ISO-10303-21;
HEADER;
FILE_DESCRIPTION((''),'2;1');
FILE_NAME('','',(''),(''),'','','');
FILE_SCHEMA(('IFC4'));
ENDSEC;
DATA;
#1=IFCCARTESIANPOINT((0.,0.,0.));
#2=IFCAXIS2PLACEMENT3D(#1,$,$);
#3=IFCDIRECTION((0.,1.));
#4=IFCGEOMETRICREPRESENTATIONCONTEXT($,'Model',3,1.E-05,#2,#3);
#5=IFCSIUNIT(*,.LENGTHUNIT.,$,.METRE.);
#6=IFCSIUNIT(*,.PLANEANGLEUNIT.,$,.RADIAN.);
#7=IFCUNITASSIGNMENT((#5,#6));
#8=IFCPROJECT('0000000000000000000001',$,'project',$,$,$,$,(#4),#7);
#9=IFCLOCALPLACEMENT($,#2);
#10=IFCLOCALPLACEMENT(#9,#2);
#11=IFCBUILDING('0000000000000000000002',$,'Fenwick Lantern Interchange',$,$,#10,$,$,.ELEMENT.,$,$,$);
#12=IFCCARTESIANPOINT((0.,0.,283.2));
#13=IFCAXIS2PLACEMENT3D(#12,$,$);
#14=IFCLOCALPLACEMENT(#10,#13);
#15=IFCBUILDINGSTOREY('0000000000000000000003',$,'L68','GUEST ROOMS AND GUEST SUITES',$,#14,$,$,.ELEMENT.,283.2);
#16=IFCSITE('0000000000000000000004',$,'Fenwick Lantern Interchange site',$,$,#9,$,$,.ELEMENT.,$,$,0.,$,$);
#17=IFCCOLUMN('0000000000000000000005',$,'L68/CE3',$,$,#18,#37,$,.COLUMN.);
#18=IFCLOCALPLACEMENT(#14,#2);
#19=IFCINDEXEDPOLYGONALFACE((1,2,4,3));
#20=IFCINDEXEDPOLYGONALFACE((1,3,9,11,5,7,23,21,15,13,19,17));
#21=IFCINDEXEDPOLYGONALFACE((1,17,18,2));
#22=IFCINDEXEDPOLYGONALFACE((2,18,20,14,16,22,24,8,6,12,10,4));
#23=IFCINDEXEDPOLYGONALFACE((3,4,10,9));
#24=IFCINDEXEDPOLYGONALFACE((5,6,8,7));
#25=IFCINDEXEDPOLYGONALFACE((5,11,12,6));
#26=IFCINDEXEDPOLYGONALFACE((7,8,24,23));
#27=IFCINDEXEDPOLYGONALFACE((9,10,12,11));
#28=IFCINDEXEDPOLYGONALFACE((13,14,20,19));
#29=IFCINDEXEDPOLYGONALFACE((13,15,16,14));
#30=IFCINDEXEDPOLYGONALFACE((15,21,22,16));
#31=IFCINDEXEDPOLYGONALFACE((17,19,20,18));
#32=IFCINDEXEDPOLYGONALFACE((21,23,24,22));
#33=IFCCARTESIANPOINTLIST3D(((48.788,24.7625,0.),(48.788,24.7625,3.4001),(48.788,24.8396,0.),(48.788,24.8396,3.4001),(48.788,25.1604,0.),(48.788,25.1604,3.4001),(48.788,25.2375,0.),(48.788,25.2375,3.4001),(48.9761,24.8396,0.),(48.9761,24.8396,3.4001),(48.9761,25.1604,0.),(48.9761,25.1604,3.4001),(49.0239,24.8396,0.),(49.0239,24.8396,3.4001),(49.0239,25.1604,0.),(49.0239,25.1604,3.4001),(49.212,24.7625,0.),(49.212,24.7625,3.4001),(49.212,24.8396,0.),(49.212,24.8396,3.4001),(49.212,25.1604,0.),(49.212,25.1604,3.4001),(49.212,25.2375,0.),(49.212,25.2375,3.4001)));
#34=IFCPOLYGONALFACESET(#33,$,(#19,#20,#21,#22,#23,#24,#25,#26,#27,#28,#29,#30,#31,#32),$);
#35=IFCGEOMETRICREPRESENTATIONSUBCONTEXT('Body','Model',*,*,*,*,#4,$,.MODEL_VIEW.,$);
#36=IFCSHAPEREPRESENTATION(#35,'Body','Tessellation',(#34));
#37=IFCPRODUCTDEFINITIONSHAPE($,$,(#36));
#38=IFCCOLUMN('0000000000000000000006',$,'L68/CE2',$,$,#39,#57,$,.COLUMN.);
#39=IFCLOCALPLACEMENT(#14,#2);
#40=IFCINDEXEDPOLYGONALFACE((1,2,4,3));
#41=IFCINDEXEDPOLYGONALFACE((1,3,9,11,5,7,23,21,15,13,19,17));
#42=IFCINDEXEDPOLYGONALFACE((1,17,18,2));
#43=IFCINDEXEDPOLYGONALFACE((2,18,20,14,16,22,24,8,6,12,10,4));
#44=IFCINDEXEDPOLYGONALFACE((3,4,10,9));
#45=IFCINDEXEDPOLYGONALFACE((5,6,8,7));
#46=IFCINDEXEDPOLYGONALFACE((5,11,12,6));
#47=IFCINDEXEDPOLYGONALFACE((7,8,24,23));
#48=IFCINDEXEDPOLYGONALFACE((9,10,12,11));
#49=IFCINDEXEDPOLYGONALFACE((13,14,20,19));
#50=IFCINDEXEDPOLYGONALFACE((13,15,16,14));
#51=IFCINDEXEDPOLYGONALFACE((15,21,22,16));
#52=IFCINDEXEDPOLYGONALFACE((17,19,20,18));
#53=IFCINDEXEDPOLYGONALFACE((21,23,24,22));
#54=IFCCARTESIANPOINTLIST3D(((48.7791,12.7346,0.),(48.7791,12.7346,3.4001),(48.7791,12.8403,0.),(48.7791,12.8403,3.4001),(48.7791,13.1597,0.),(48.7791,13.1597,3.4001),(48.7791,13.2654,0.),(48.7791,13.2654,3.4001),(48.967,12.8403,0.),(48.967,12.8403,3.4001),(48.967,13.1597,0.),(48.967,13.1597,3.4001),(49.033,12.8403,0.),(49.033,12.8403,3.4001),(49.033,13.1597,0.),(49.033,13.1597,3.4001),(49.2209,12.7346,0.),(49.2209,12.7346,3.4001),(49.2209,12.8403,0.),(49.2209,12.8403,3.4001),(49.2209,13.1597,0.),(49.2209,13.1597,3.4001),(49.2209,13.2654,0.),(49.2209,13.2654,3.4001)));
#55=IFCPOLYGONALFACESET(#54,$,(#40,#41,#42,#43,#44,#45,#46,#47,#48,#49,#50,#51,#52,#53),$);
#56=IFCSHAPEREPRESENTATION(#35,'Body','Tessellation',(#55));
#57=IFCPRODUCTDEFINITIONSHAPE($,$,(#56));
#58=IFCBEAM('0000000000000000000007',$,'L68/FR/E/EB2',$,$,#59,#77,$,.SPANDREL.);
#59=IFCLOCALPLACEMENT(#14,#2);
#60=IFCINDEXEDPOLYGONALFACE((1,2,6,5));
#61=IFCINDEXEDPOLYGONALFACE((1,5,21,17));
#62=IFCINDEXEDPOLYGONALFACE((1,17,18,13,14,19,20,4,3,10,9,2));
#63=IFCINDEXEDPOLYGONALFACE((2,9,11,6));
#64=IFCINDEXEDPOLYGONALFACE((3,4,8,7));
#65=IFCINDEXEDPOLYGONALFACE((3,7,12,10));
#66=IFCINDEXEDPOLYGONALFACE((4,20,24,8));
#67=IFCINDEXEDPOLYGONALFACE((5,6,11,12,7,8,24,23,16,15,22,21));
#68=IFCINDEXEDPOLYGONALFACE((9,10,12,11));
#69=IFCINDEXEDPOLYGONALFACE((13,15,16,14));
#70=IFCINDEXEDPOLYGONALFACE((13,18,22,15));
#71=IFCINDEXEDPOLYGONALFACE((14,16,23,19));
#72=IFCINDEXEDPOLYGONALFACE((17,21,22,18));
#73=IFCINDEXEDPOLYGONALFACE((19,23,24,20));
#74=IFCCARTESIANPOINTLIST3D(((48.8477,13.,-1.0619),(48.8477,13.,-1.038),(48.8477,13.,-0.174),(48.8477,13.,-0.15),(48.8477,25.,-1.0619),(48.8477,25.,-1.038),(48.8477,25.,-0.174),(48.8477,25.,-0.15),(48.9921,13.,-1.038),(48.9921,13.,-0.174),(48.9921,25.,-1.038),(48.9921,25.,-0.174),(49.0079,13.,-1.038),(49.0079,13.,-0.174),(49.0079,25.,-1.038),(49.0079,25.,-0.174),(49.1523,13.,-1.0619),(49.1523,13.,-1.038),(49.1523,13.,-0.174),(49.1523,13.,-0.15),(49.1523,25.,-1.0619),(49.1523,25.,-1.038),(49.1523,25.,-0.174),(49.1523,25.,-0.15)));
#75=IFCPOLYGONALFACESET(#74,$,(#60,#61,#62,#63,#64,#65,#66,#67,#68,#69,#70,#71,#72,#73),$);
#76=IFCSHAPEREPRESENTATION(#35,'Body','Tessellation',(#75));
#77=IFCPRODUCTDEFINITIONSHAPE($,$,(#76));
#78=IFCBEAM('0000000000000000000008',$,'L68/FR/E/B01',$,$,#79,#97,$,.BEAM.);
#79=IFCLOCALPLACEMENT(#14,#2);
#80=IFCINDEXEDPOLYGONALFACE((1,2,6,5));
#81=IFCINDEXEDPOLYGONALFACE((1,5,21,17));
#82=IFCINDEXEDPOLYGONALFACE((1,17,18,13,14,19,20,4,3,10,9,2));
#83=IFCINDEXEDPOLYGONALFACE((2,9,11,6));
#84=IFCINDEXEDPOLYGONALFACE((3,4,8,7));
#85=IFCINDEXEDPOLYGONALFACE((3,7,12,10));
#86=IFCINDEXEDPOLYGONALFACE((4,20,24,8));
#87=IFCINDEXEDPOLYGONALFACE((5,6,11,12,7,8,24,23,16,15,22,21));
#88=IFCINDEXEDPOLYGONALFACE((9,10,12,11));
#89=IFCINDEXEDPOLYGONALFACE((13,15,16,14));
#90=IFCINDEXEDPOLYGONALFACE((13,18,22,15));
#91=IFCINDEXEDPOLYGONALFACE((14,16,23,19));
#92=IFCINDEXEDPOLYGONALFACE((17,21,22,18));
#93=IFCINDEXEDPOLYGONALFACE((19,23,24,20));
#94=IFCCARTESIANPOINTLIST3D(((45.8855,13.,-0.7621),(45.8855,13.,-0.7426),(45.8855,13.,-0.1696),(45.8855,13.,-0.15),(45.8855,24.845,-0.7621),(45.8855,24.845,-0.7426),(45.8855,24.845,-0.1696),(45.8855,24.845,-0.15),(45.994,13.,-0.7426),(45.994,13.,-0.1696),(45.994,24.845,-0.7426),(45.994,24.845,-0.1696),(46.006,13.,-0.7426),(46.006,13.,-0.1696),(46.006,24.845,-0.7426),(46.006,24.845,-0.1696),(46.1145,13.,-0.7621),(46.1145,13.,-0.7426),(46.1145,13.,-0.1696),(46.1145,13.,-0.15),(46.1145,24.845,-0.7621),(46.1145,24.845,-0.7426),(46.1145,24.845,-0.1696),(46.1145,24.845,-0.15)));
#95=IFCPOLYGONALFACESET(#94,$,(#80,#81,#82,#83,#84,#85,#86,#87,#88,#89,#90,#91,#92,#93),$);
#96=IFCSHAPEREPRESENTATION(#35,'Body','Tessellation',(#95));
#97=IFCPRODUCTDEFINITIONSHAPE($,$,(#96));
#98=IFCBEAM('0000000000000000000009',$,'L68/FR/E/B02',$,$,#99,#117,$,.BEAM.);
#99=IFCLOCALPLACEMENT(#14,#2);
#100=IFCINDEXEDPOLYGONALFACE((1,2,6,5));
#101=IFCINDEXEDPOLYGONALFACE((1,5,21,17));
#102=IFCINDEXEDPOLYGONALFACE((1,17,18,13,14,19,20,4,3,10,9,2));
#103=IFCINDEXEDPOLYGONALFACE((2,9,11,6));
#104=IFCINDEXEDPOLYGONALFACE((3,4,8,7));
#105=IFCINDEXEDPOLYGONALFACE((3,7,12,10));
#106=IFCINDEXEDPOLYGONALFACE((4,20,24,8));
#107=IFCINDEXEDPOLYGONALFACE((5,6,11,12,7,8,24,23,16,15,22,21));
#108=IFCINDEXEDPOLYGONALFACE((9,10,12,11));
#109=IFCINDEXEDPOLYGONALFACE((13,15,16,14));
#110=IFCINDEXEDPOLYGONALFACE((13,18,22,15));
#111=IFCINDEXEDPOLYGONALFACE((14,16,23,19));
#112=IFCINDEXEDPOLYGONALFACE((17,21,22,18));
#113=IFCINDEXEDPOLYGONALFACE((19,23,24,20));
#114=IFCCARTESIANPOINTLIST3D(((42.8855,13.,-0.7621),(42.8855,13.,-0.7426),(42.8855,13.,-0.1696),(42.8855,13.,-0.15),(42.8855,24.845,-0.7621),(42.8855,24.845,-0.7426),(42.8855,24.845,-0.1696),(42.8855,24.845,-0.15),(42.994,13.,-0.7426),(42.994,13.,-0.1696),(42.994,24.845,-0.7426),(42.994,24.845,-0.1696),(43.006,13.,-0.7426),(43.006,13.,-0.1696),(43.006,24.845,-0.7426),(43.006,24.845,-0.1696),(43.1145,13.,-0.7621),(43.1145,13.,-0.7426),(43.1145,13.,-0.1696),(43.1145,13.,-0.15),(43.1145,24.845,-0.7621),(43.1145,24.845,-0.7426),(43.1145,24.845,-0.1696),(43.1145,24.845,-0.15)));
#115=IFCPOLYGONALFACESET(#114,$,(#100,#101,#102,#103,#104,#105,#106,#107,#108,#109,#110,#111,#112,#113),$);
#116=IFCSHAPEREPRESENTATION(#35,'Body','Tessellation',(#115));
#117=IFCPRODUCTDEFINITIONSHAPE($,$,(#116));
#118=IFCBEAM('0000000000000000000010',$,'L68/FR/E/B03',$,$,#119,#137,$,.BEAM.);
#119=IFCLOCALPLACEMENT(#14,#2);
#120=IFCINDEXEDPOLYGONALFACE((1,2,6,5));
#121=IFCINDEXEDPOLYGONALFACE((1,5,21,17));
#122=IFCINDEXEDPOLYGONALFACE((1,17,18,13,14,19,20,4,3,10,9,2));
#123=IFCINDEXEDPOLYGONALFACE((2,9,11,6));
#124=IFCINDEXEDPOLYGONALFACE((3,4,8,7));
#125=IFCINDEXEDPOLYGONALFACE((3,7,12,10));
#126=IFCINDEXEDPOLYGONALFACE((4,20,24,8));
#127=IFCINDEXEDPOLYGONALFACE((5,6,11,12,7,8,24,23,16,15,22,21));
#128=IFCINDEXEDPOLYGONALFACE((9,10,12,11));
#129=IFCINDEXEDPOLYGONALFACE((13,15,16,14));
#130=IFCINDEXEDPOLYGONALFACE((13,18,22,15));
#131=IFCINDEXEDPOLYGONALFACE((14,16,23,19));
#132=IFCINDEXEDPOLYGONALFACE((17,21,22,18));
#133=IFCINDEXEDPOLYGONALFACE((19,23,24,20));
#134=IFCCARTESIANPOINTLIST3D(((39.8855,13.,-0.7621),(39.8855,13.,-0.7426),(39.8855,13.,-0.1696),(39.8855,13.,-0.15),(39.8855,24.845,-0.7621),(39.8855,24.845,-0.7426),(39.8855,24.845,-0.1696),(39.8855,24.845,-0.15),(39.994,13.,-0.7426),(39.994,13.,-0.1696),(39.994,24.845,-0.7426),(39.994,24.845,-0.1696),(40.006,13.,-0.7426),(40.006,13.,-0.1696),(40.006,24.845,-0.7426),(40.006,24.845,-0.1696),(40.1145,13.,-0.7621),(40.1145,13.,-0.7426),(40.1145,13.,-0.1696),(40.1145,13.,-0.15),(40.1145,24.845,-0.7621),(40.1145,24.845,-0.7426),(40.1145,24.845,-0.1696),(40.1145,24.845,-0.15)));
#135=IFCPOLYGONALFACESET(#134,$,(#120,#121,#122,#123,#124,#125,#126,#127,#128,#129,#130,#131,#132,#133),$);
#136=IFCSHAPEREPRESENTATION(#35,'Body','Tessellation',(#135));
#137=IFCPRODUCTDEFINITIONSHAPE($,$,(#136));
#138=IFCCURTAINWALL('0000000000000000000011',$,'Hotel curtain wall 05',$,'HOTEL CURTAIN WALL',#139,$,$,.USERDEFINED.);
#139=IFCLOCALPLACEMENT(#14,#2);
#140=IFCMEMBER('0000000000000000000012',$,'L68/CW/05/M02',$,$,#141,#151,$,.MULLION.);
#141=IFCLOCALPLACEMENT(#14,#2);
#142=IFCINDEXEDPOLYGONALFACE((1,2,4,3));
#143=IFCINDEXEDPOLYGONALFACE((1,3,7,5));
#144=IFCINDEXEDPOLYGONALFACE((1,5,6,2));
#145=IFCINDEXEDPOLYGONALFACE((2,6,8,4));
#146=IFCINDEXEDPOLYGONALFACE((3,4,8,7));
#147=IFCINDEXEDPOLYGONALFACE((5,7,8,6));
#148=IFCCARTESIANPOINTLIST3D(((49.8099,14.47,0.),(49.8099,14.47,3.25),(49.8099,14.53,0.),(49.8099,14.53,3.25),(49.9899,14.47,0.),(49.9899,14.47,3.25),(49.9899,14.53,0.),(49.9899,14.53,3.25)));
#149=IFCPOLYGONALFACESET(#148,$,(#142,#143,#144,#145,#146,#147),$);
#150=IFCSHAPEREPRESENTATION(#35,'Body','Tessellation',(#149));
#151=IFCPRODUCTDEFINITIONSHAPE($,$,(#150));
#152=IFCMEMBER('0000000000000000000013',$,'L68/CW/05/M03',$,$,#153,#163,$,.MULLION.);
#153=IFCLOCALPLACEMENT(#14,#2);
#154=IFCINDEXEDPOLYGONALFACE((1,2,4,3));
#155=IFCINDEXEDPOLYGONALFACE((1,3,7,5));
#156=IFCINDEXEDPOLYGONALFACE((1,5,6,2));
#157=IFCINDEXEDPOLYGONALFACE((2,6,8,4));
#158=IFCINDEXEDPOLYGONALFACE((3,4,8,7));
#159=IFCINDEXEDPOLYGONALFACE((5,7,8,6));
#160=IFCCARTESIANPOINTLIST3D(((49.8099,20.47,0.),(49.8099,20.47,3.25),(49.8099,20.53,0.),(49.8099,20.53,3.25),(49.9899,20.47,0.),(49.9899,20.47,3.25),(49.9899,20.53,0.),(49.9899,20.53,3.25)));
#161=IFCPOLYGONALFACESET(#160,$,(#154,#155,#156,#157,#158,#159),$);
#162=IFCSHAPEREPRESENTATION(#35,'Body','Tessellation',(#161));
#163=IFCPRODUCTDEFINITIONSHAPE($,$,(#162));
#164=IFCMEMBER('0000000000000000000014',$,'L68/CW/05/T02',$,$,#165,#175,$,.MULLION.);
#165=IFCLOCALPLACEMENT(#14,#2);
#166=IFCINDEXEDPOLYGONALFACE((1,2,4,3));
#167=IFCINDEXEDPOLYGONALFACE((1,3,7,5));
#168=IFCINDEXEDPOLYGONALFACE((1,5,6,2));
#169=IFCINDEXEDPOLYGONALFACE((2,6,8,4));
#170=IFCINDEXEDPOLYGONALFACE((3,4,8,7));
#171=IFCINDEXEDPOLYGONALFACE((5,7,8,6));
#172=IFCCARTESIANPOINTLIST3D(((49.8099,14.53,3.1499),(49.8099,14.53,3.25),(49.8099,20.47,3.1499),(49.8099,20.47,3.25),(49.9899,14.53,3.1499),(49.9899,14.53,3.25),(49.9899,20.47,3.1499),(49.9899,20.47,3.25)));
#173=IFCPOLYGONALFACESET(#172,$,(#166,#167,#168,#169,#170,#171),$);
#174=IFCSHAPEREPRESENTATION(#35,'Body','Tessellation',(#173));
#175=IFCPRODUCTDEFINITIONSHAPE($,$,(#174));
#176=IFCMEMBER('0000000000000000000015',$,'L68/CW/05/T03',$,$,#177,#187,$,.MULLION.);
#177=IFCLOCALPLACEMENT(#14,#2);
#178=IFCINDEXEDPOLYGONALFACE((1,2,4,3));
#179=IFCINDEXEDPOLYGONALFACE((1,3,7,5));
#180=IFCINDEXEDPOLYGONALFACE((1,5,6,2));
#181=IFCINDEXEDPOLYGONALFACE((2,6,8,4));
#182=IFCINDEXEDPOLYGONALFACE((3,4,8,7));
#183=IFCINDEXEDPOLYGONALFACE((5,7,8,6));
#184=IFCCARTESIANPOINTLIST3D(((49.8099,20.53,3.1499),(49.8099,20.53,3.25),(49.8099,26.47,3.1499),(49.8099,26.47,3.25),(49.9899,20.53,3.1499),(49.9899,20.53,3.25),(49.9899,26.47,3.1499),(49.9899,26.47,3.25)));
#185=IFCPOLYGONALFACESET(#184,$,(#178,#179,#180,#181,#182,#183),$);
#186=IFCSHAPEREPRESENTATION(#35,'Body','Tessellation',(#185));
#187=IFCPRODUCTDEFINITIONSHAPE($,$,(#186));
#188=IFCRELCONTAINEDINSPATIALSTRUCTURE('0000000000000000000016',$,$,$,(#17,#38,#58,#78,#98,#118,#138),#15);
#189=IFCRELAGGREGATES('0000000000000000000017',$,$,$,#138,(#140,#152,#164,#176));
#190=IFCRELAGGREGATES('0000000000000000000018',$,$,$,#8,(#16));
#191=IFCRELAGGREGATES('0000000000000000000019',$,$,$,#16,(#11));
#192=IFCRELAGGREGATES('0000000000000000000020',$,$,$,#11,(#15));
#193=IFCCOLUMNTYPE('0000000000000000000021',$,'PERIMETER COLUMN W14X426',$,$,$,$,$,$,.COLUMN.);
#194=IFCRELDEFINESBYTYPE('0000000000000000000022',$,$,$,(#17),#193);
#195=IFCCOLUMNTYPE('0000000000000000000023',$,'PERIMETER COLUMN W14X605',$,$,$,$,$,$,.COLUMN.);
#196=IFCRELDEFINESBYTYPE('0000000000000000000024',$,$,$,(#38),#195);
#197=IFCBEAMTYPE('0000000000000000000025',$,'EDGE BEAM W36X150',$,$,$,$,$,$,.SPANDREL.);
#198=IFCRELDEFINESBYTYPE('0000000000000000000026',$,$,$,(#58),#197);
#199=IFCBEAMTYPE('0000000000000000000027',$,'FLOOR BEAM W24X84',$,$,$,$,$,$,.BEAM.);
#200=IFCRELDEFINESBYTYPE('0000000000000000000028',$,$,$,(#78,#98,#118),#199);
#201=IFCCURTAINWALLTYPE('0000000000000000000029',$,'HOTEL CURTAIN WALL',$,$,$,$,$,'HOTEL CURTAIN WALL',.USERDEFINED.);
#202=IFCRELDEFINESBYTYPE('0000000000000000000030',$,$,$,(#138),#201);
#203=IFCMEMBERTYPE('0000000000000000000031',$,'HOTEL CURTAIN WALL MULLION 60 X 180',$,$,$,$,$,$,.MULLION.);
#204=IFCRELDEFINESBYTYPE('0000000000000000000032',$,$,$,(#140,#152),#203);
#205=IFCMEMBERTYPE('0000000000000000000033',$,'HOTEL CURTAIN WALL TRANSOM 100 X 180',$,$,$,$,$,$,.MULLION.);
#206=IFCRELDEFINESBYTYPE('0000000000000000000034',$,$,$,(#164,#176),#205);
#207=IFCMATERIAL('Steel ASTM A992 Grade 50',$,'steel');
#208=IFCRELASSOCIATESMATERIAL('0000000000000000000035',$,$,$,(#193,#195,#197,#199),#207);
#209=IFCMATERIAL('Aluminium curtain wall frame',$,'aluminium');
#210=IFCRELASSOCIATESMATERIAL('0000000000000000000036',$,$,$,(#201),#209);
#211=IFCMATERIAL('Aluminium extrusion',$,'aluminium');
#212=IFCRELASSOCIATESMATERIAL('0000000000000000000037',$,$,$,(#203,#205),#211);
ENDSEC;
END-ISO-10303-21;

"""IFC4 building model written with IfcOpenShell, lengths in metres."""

from ifc_helpers import new_model, si_unit, direction, frame, origin, origin_2d, place, context, subcontext, project, spatial, rectangle, i_section, extrude, material, material_profile, profile_set, type_object, element, aggregate, save


model = new_model("IFC4")

# Units and contexts
model_context = context("Model", 3, precision=1e-05, world=origin(), true_north=direction((0.0, 1.0)))
body_context = subcontext(model_context, "Body", "Model", "MODEL_VIEW")
ifc_project = project(units=[si_unit("LENGTHUNIT", "METRE"), si_unit("PLANEANGLEUNIT", "RADIAN")], contexts=[model_context])

# Site, building, storey
site_placement = place(None, origin())
site = spatial("IfcSite", under=ifc_project, at=site_placement, Name="Fenwick Lantern Interchange site", CompositionType="ELEMENT", RefElevation=0.0)
building_placement = place(site_placement, origin())
building = spatial("IfcBuilding", under=site, at=building_placement, Name="Fenwick Lantern Interchange", CompositionType="ELEMENT")
storey_placement = place(building_placement, frame((0.0, 0.0, 283.2)))
storey = spatial("IfcBuildingStorey", under=building, at=storey_placement, Name="L68", Description="GUEST ROOMS AND GUEST SUITES", CompositionType="ELEMENT", Elevation=283.2)

# Columns
ifc_material_1 = material(Name="Steel ASTM A992 Grade 50", Category="steel")
ifc_material_profile_1 = material_profile(ifc_material_1, i_section(OverallWidth=0.4241, OverallDepth=0.4751, WebThickness=0.0479, FlangeThickness=0.0771, at=origin_2d()), Name="W14X426")
ifc_profile_set_1 = profile_set([ifc_material_profile_1], Name="Steel ASTM A992 Grade 50")
column_type_1 = type_object("IfcColumnType", Name="PERIMETER COLUMN W14X426", PredefinedType="COLUMN", material=ifc_profile_set_1)
column_1_placement = place(storey_placement, frame((49.0, 25.0, 0.0), z_axis=(0.0, 0.0, 1.0), x_axis=(1.0, 0.0, 0.0)))
element("IfcColumn", 1, at=column_1_placement, inside=storey, type_object=column_type_1, Name="L68/CE3", PredefinedType="COLUMN", context=body_context, shape_type="SweptSolid", body=[
    extrude(i_section(OverallWidth=0.4241, OverallDepth=0.4751, WebThickness=0.0479, FlangeThickness=0.0771, at=origin_2d()), origin(), (0.0, 0.0, 1.0), 3.4001),
])
ifc_material_profile_2 = material_profile(ifc_material_1, i_section(OverallWidth=0.4419, OverallDepth=0.5308, WebThickness=0.0659, FlangeThickness=0.1057, at=origin_2d()), Name="W14X605")
ifc_profile_set_2 = profile_set([ifc_material_profile_2], Name="Steel ASTM A992 Grade 50")
column_type_2 = type_object("IfcColumnType", Name="PERIMETER COLUMN W14X605", PredefinedType="COLUMN", material=ifc_profile_set_2)
column_2_placement = place(storey_placement, frame((49.0, 13.0, 0.0), z_axis=(0.0, 0.0, 1.0), x_axis=(1.0, 0.0, 0.0)))
element("IfcColumn", 2, at=column_2_placement, inside=storey, type_object=column_type_2, Name="L68/CE2", PredefinedType="COLUMN", context=body_context, shape_type="SweptSolid", body=[
    extrude(i_section(OverallWidth=0.4419, OverallDepth=0.5308, WebThickness=0.0659, FlangeThickness=0.1057, at=origin_2d()), origin(), (0.0, 0.0, 1.0), 3.4001),
])

# Beams
ifc_material_profile_3 = material_profile(ifc_material_1, i_section(OverallWidth=0.3047, OverallDepth=0.9119, WebThickness=0.0159, FlangeThickness=0.0239, at=origin_2d()), Name="W36X150")
ifc_profile_set_3 = profile_set([ifc_material_profile_3], Name="Steel ASTM A992 Grade 50")
beam_type_1 = type_object("IfcBeamType", Name="EDGE BEAM W36X150", PredefinedType="SPANDREL", material=ifc_profile_set_3)
beam_1_placement = place(storey_placement, frame((49.0, 13.0, -0.606), z_axis=(0.0, 1.0, 0.0), x_axis=(-1.0, 0.0, 0.0)))
element("IfcBeam", 3, at=beam_1_placement, inside=storey, type_object=beam_type_1, Name="L68/FR/E/EB2", PredefinedType="SPANDREL", context=body_context, shape_type="SweptSolid", body=[
    extrude(i_section(OverallWidth=0.3047, OverallDepth=0.9119, WebThickness=0.0159, FlangeThickness=0.0239, at=origin_2d()), origin(), (0.0, 0.0, 1.0), 12.0),
])
ifc_material_profile_4 = material_profile(ifc_material_1, i_section(OverallWidth=0.229, OverallDepth=0.6121, WebThickness=0.012, FlangeThickness=0.0195, at=origin_2d()), Name="W24X84")
ifc_profile_set_4 = profile_set([ifc_material_profile_4], Name="Steel ASTM A992 Grade 50")
beam_type_2 = type_object("IfcBeamType", Name="FLOOR BEAM W24X84", PredefinedType="BEAM", material=ifc_profile_set_4)
for number, where, z_axis, x_axis, name in (
    (4, (46.0, 13.0, -0.4561), (0.0, 1.0, 0.0), (-1.0, 0.0, 0.0), "L68/FR/E/B01"),
    (5, (43.0, 13.0, -0.4561), (0.0, 1.0, 0.0), (-1.0, 0.0, 0.0), "L68/FR/E/B02"),
    (6, (40.0, 13.0, -0.4561), (0.0, 1.0, 0.0), (-1.0, 0.0, 0.0), "L68/FR/E/B03"),
):
    element("IfcBeam", number, at=place(storey_placement, frame(where, z_axis=z_axis, x_axis=x_axis)), inside=storey, type_object=beam_type_2, Name=name, PredefinedType="BEAM", context=body_context, shape_type="SweptSolid", body=[
        extrude(i_section(OverallWidth=0.229, OverallDepth=0.6121, WebThickness=0.012, FlangeThickness=0.0195, at=origin_2d()), origin(), (0.0, 0.0, 1.0), 11.845),
    ])

# Curtain wall, members
ifc_material_2 = material(Name="Aluminium curtain wall frame", Category="aluminium")
curtain_wall_type = type_object("IfcCurtainWallType", Name="HOTEL CURTAIN WALL", ElementType="HOTEL CURTAIN WALL", PredefinedType="USERDEFINED", material=ifc_material_2)
curtain_wall_placement = place(storey_placement, origin())
curtain_wall = element("IfcCurtainWall", 7, at=curtain_wall_placement, inside=storey, type_object=curtain_wall_type, Name="Hotel curtain wall 05", ObjectType="HOTEL CURTAIN WALL", PredefinedType="USERDEFINED")
ifc_material_3 = material(Name="Aluminium extrusion", Category="aluminium")
ifc_material_profile_5 = material_profile(ifc_material_3, rectangle(XDim=0.1799, YDim=0.0601, at=origin_2d()), Name="HOTEL CURTAIN WALL MULLION 60 X 180")
ifc_profile_set_5 = profile_set([ifc_material_profile_5], Name="Aluminium extrusion")
member_type_1 = type_object("IfcMemberType", Name="HOTEL CURTAIN WALL MULLION 60 X 180", PredefinedType="MULLION", material=ifc_profile_set_5)
member_1_placement = place(storey_placement, frame((49.8999, 14.5, 0.0), z_axis=(0.0, 0.0, 1.0), x_axis=(-1.0, 0.0, 0.0)))
member_1 = element("IfcMember", 8, at=member_1_placement, type_object=member_type_1, Name="L68/CW/05/M02", PredefinedType="MULLION", context=body_context, shape_type="SweptSolid", body=[
    extrude(rectangle(XDim=0.1799, YDim=0.0601, at=origin_2d()), origin(), (0.0, 0.0, 1.0), 3.25),
])
member_2_placement = place(storey_placement, frame((49.8999, 20.5, 0.0), z_axis=(0.0, 0.0, 1.0), x_axis=(-1.0, 0.0, 0.0)))
member_2 = element("IfcMember", 9, at=member_2_placement, type_object=member_type_1, Name="L68/CW/05/M03", PredefinedType="MULLION", context=body_context, shape_type="SweptSolid", body=[
    extrude(rectangle(XDim=0.1799, YDim=0.0601, at=origin_2d()), origin(), (0.0, 0.0, 1.0), 3.25),
])
ifc_material_profile_6 = material_profile(ifc_material_3, rectangle(XDim=0.1799, YDim=0.1001, at=origin_2d()), Name="HOTEL CURTAIN WALL TRANSOM 100 X 180")
ifc_profile_set_6 = profile_set([ifc_material_profile_6], Name="Aluminium extrusion")
member_type_2 = type_object("IfcMemberType", Name="HOTEL CURTAIN WALL TRANSOM 100 X 180", PredefinedType="MULLION", material=ifc_profile_set_6)
member_3_placement = place(storey_placement, frame((49.8999, 14.53, 3.2), z_axis=(0.0, 1.0, 0.0), x_axis=(-1.0, 0.0, 0.0)))
member_3 = element("IfcMember", 10, at=member_3_placement, type_object=member_type_2, Name="L68/CW/05/T02", PredefinedType="MULLION", context=body_context, shape_type="SweptSolid", body=[
    extrude(rectangle(XDim=0.1799, YDim=0.1001, at=origin_2d()), origin(), (0.0, 0.0, 1.0), 5.9399),
])
member_4_placement = place(storey_placement, frame((49.8999, 20.53, 3.2), z_axis=(0.0, 1.0, 0.0), x_axis=(-1.0, 0.0, 0.0)))
member_4 = element("IfcMember", 11, at=member_4_placement, type_object=member_type_2, Name="L68/CW/05/T03", PredefinedType="MULLION", context=body_context, shape_type="SweptSolid", body=[
    extrude(rectangle(XDim=0.1799, YDim=0.1001, at=origin_2d()), origin(), (0.0, 0.0, 1.0), 5.9399),
])
aggregate(curtain_wall, [member_1, member_2, member_3, member_4])

save(model, "model.ifc")
